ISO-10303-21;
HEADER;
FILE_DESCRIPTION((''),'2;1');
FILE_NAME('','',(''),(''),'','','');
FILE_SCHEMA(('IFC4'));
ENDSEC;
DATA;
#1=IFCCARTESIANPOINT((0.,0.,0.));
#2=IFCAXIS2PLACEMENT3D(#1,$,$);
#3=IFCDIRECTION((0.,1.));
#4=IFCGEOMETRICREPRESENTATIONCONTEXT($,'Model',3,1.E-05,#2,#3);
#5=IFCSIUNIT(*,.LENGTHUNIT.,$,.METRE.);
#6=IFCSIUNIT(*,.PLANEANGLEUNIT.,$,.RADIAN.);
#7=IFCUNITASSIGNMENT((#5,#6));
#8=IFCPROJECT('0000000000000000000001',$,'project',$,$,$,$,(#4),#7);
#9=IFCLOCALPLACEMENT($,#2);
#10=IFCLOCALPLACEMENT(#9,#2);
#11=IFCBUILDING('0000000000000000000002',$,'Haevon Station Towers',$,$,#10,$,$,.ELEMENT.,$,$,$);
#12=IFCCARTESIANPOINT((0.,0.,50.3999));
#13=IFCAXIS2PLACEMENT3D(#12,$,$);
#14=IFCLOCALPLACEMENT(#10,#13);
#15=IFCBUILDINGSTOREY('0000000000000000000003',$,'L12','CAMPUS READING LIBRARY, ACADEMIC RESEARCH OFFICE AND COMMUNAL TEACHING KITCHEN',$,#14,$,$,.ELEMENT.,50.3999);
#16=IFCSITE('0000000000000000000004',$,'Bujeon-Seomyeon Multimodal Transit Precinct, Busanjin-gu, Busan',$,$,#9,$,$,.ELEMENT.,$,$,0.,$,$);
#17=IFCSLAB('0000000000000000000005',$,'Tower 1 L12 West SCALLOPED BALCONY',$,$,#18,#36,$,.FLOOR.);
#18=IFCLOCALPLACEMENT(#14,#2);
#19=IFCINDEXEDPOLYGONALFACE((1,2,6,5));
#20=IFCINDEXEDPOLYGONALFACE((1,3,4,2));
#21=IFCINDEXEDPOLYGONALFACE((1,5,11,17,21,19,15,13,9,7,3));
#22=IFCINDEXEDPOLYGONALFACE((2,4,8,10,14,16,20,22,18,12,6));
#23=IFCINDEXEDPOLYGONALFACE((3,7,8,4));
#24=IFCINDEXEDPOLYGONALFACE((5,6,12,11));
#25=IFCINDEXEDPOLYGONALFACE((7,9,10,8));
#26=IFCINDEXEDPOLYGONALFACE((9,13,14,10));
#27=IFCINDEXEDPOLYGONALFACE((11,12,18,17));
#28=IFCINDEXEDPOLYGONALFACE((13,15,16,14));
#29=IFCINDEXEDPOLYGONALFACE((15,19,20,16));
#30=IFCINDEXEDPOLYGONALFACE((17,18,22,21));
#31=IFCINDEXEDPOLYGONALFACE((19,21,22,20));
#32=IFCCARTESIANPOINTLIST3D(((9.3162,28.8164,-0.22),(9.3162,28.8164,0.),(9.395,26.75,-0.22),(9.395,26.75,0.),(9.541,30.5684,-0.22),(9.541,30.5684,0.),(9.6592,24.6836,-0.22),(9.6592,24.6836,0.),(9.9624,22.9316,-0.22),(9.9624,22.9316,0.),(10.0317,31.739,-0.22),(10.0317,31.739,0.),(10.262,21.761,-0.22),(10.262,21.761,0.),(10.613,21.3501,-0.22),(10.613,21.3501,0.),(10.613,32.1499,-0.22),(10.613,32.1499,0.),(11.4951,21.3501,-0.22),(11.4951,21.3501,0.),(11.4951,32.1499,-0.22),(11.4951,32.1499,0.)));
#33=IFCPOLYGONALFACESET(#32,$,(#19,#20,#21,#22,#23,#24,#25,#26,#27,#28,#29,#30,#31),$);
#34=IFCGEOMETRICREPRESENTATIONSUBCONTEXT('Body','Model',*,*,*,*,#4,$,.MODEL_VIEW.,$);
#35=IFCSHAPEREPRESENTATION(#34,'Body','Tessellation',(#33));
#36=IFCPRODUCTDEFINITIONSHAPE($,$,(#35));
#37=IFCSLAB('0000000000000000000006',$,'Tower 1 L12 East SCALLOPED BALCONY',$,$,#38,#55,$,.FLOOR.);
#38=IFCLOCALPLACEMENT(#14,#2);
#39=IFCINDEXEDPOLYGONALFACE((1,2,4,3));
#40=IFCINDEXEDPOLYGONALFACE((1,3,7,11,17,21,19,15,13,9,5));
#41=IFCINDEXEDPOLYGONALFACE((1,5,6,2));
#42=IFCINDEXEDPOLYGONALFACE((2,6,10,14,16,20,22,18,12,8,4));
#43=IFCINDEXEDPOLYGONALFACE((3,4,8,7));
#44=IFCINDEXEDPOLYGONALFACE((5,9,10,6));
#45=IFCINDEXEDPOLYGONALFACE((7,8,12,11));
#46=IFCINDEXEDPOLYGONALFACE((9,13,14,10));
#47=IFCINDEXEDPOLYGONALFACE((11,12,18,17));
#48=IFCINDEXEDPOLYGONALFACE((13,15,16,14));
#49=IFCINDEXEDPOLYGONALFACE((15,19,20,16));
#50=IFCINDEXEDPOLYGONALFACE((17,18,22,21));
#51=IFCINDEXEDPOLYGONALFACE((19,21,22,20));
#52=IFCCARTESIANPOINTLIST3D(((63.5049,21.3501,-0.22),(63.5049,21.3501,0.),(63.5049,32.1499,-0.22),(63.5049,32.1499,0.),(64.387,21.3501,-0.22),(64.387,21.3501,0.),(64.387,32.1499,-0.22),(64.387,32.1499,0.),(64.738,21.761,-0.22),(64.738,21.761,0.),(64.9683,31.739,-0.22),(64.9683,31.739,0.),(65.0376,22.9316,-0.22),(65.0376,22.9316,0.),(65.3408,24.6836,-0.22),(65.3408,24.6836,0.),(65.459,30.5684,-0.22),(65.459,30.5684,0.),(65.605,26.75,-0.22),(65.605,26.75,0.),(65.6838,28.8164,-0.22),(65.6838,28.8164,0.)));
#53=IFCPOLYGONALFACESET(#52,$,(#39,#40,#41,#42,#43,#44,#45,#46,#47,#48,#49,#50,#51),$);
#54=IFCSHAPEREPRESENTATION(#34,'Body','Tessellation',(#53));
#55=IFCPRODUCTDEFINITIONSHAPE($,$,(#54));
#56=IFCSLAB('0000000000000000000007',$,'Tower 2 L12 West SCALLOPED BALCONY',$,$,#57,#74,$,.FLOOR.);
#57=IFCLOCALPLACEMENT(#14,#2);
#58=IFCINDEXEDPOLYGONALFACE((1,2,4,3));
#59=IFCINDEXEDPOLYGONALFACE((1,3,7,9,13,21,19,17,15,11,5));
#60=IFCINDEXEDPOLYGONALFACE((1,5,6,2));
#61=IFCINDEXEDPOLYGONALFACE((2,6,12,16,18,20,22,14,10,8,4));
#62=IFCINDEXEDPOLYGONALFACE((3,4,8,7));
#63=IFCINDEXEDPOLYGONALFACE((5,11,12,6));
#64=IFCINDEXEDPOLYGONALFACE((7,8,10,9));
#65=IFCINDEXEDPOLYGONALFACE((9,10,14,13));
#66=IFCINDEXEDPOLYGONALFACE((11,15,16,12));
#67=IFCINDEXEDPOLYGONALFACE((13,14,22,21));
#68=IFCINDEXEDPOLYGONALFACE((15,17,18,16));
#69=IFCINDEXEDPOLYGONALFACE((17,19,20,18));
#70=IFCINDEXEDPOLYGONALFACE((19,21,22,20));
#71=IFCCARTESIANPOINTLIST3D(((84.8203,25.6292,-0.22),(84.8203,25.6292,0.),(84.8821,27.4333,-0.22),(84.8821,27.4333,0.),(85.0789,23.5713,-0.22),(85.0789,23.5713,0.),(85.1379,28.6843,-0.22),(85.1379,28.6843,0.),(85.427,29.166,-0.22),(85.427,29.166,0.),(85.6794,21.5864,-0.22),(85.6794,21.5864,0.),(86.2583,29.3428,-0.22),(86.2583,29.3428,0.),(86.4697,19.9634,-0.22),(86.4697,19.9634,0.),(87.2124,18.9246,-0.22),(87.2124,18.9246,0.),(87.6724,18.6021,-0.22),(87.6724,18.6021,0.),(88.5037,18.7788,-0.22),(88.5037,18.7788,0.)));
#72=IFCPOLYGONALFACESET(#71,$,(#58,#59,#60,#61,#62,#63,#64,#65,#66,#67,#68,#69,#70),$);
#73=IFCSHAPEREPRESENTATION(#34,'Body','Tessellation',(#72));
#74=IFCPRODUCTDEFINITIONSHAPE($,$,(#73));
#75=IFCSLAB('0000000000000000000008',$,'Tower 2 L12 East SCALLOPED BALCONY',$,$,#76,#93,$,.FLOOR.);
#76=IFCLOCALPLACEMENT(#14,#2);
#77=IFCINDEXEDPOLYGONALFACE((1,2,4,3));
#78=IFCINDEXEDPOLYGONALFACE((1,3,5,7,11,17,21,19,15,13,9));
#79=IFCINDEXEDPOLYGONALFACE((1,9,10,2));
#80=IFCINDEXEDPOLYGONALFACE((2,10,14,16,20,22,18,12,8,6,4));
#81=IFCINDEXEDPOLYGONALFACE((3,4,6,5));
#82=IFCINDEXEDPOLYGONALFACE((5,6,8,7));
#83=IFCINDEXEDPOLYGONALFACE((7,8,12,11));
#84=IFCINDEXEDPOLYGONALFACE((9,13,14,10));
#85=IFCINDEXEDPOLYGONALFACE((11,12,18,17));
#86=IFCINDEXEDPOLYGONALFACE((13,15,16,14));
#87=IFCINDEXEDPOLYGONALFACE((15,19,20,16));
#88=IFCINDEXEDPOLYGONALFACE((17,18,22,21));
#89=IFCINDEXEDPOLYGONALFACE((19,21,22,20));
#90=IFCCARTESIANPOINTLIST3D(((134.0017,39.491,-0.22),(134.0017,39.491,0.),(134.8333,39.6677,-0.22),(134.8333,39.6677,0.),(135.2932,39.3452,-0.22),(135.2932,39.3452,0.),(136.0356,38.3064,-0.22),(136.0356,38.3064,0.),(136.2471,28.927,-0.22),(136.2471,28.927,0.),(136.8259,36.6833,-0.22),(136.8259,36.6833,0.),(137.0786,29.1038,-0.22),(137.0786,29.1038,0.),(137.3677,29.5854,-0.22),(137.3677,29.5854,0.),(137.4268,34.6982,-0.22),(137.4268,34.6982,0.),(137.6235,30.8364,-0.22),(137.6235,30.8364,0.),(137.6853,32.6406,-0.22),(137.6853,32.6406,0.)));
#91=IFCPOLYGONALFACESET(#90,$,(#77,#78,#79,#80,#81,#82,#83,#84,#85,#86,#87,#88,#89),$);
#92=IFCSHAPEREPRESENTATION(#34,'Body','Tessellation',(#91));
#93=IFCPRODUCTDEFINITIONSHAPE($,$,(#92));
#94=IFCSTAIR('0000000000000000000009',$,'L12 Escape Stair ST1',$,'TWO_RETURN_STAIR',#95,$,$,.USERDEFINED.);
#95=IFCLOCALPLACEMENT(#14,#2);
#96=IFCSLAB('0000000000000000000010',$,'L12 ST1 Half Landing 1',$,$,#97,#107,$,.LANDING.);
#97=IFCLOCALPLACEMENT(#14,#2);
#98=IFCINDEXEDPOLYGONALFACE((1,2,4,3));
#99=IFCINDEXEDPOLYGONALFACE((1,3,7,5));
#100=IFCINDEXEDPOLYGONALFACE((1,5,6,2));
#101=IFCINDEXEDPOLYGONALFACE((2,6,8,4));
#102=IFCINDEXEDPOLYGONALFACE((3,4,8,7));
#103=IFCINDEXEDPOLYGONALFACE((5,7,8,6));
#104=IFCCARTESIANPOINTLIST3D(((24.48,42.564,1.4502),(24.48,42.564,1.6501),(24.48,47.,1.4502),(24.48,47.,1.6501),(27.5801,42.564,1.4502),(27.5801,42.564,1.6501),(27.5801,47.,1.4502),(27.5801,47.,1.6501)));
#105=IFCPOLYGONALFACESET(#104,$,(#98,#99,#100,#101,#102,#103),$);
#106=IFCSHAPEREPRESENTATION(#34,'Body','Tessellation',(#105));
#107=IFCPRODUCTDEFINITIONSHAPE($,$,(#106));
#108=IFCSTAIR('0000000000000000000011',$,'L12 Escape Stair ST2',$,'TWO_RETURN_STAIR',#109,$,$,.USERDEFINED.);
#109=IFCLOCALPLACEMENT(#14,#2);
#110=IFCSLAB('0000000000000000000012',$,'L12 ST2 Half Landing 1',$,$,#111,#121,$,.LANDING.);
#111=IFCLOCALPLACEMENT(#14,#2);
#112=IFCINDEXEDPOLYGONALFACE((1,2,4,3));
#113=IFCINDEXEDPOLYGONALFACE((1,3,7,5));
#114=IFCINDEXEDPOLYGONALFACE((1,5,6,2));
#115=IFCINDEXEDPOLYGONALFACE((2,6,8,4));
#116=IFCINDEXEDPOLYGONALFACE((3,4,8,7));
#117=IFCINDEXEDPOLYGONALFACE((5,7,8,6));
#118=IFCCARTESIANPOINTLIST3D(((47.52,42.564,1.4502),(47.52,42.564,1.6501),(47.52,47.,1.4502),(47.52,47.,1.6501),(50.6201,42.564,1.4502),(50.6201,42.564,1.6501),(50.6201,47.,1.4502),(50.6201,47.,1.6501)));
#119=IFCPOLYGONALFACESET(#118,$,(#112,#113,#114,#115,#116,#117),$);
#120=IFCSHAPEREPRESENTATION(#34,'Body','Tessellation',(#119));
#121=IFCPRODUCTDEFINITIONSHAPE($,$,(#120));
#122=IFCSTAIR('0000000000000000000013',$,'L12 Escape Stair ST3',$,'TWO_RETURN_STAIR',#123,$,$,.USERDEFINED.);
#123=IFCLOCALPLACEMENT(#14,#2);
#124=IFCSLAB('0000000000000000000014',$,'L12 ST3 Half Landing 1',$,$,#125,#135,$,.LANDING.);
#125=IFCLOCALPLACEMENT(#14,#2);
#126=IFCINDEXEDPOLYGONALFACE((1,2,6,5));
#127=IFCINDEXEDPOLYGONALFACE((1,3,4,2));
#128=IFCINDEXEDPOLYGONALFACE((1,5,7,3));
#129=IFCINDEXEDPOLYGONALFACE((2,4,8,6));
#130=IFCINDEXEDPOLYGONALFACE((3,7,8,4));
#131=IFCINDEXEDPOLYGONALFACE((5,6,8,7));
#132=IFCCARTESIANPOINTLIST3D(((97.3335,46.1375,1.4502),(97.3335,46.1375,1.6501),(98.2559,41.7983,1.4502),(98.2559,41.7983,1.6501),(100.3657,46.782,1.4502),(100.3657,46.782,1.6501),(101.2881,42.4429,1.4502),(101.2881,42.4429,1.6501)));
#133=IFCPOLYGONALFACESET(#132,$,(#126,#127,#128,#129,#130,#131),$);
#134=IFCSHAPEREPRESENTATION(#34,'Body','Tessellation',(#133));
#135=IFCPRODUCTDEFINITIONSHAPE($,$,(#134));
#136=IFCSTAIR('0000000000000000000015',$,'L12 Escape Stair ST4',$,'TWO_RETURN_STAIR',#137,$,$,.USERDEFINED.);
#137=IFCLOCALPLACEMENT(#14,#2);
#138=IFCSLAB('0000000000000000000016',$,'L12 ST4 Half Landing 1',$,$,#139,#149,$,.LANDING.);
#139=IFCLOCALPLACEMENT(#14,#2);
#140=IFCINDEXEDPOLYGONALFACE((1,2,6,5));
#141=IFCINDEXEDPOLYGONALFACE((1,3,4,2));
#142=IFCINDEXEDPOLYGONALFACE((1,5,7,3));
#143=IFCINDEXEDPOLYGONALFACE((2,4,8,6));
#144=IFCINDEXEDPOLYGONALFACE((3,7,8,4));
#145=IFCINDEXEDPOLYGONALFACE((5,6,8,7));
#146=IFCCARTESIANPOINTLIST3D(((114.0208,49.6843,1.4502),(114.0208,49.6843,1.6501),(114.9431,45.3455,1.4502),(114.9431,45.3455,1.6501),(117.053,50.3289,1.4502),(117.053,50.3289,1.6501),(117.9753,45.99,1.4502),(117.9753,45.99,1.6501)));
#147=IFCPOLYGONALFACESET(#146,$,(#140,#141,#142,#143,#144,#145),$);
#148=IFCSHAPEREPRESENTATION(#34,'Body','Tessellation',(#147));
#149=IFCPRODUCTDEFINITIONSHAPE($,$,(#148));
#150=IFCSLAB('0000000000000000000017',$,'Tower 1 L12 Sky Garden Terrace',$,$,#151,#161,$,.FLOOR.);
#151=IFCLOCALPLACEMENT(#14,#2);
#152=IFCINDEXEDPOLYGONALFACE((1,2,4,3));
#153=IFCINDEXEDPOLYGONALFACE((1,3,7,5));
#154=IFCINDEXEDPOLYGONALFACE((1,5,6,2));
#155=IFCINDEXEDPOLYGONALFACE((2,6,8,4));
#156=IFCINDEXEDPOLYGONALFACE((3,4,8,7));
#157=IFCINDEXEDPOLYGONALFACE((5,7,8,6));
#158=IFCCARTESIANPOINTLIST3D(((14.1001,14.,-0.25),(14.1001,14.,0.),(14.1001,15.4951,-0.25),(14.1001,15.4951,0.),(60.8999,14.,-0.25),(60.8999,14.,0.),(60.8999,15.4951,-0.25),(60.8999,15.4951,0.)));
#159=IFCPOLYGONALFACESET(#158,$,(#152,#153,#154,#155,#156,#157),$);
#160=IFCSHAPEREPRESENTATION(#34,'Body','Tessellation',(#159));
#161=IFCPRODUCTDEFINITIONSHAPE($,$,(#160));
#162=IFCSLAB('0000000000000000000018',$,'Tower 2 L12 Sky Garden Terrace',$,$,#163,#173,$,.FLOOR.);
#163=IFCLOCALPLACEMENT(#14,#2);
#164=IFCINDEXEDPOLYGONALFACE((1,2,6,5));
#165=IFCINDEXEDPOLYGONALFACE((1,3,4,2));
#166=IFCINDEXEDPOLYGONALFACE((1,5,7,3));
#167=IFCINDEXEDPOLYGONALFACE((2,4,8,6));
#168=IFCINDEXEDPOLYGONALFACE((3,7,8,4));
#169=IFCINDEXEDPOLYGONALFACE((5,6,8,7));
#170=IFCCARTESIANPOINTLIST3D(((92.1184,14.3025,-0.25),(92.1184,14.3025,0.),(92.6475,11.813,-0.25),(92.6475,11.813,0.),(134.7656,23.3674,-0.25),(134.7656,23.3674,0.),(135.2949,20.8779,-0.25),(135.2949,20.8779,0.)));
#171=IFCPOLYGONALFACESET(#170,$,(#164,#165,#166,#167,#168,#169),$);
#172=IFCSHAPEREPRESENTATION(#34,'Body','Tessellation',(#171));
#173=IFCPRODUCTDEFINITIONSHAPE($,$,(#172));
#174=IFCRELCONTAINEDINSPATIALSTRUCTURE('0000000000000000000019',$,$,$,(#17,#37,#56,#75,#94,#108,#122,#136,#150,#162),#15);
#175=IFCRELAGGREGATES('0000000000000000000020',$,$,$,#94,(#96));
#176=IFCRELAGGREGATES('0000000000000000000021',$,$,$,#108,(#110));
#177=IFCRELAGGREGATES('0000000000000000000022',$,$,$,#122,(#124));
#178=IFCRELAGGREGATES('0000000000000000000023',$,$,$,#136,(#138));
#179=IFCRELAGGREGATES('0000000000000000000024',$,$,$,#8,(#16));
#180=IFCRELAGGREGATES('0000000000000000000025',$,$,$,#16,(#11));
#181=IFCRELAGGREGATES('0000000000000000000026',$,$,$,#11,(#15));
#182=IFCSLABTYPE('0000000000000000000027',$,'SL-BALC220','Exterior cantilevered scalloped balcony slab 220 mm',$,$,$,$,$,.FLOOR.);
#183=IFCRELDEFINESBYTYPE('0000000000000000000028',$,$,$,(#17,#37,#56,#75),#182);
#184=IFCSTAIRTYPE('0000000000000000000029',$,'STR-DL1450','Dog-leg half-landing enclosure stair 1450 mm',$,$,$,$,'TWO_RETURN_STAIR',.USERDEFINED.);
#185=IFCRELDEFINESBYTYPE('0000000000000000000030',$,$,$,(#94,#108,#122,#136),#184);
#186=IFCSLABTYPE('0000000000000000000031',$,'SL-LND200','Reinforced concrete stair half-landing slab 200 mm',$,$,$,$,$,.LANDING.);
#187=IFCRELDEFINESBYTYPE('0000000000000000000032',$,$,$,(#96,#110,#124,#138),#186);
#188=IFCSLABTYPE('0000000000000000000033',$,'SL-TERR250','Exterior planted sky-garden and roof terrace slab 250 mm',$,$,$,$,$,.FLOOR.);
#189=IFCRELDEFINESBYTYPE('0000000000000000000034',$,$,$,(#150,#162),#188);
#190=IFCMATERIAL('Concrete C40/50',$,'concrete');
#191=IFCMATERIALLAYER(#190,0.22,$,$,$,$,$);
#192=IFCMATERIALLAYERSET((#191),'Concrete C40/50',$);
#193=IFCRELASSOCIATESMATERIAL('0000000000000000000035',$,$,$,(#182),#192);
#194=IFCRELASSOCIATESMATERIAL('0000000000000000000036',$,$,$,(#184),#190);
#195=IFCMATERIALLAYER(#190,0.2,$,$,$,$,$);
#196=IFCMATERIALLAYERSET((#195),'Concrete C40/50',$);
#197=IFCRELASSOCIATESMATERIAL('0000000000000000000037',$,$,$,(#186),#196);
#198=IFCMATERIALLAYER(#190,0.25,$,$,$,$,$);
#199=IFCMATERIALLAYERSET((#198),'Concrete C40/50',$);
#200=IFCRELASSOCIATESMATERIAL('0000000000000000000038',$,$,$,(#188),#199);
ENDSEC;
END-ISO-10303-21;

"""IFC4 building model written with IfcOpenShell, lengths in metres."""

from ifc_helpers import new_model, si_unit, direction, frame, origin, place, context, subcontext, project, spatial, polyline, outline, extrude, material, layer, layer_set, type_object, element, aggregate, save


model = new_model("IFC4")

# Units and contexts
model_context = context("Model", 3, precision=1e-05, world=origin(), true_north=direction((0.0, 1.0)))
body_context = subcontext(model_context, "Body", "Model", "MODEL_VIEW")
ifc_project = project(units=[si_unit("LENGTHUNIT", "METRE"), si_unit("PLANEANGLEUNIT", "RADIAN")], contexts=[model_context])

# Site, building, storey
site_placement = place(None, origin())
site = spatial("IfcSite", under=ifc_project, at=site_placement, Name="Bujeon-Seomyeon Multimodal Transit Precinct, Busanjin-gu, Busan", CompositionType="ELEMENT", RefElevation=0.0)
building_placement = place(site_placement, origin())
building = spatial("IfcBuilding", under=site, at=building_placement, Name="Haevon Station Towers", CompositionType="ELEMENT")
storey_placement = place(building_placement, frame((0.0, 0.0, 50.3999)))
storey = spatial("IfcBuildingStorey", under=building, at=storey_placement, Name="L12", Description="CAMPUS READING LIBRARY, ACADEMIC RESEARCH OFFICE AND COMMUNAL TEACHING KITCHEN", CompositionType="ELEMENT", Elevation=50.3999)

# Slabs
ifc_material_1 = material(Name="Concrete C40/50", Category="concrete")
ifc_layer_1 = layer(ifc_material_1, 0.22)
ifc_layer_set_1 = layer_set([ifc_layer_1], Name="Concrete C40/50")
slab_type_1 = type_object("IfcSlabType", Name="SL-BALC220", Description="Exterior cantilevered scalloped balcony slab 220 mm", PredefinedType="FLOOR", material=ifc_layer_set_1)
slab_1_placement = place(storey_placement, frame((0.0, 0.0, -0.22)))
element("IfcSlab", 1, at=slab_1_placement, inside=storey, type_object=slab_type_1, Name="Tower 1 L12 West SCALLOPED BALCONY", PredefinedType="FLOOR", context=body_context, shape_type="SweptSolid", body=[
    extrude(outline(polyline([(11.4951, 32.1499), (10.613, 32.1499), (10.0317, 31.739), (9.541, 30.5684), (9.3162, 28.8164), (9.395, 26.75), (9.6592, 24.6836), (9.9624, 22.9316), (10.262, 21.761), (10.613, 21.3501), (11.4951, 21.3501), (11.4951, 32.1499)])), origin(), (0.0, 0.0, 1.0), 0.22),
])
slab_2_placement = place(storey_placement, frame((0.0, 0.0, -0.22)))
element("IfcSlab", 2, at=slab_2_placement, inside=storey, type_object=slab_type_1, Name="Tower 1 L12 East SCALLOPED BALCONY", PredefinedType="FLOOR", context=body_context, shape_type="SweptSolid", body=[
    extrude(outline(polyline([(63.5049, 21.3501), (64.387, 21.3501), (64.738, 21.761), (65.0376, 22.9316), (65.3408, 24.6836), (65.605, 26.75), (65.6838, 28.8164), (65.459, 30.5684), (64.9683, 31.739), (64.387, 32.1499), (63.5049, 32.1499), (63.5049, 21.3501)])), origin(), (0.0, 0.0, 1.0), 0.22),
])
slab_3_placement = place(storey_placement, frame((0.0, 0.0, -0.22)))
element("IfcSlab", 3, at=slab_3_placement, inside=storey, type_object=slab_type_1, Name="Tower 2 L12 West SCALLOPED BALCONY", PredefinedType="FLOOR", context=body_context, shape_type="SweptSolid", body=[
    extrude(outline(polyline([(86.2583, 29.3428), (85.427, 29.166), (85.1379, 28.6843), (84.8821, 27.4333), (84.8203, 25.6292), (85.0789, 23.5713), (85.6794, 21.5864), (86.4697, 19.9634), (87.2124, 18.9246), (87.6724, 18.6021), (88.5037, 18.7788), (86.2583, 29.3428)])), origin(), (0.0, 0.0, 1.0), 0.22),
])
slab_4_placement = place(storey_placement, frame((0.0, 0.0, -0.22)))
element("IfcSlab", 4, at=slab_4_placement, inside=storey, type_object=slab_type_1, Name="Tower 2 L12 East SCALLOPED BALCONY", PredefinedType="FLOOR", context=body_context, shape_type="SweptSolid", body=[
    extrude(outline(polyline([(136.2471, 28.927), (137.0786, 29.1038), (137.3677, 29.5854), (137.6235, 30.8364), (137.6853, 32.6406), (137.4268, 34.6982), (136.8259, 36.6833), (136.0356, 38.3064), (135.2932, 39.3452), (134.8333, 39.6677), (134.0017, 39.491), (136.2471, 28.927)])), origin(), (0.0, 0.0, 1.0), 0.22),
])

# Stairs, slabs
stair_type = type_object("IfcStairType", Name="STR-DL1450", Description="Dog-leg half-landing enclosure stair 1450 mm", ElementType="TWO_RETURN_STAIR", PredefinedType="USERDEFINED", material=ifc_material_1)
stair_1_placement = place(storey_placement, origin())
stair_1 = element("IfcStair", 5, at=stair_1_placement, inside=storey, type_object=stair_type, Name="L12 Escape Stair ST1", ObjectType="TWO_RETURN_STAIR", PredefinedType="USERDEFINED")
ifc_layer_2 = layer(ifc_material_1, 0.2)
ifc_layer_set_2 = layer_set([ifc_layer_2], Name="Concrete C40/50")
slab_type_2 = type_object("IfcSlabType", Name="SL-LND200", Description="Reinforced concrete stair half-landing slab 200 mm", PredefinedType="LANDING", material=ifc_layer_set_2)
slab_5_placement = place(storey_placement, frame((0.0, 0.0, 1.4502)))
slab_5 = element("IfcSlab", 6, at=slab_5_placement, type_object=slab_type_2, Name="L12 ST1 Half Landing 1", PredefinedType="LANDING", context=body_context, shape_type="SweptSolid", body=[
    extrude(outline(polyline([(27.5801, 42.564), (27.5801, 47.0), (24.48, 47.0), (24.48, 42.564), (27.5801, 42.564)])), origin(), (0.0, 0.0, 1.0), 0.2),
])
aggregate(stair_1, [slab_5])
stair_2_placement = place(storey_placement, origin())
stair_2 = element("IfcStair", 7, at=stair_2_placement, inside=storey, type_object=stair_type, Name="L12 Escape Stair ST2", ObjectType="TWO_RETURN_STAIR", PredefinedType="USERDEFINED")
slab_6_placement = place(storey_placement, frame((0.0, 0.0, 1.4502)))
slab_6 = element("IfcSlab", 8, at=slab_6_placement, type_object=slab_type_2, Name="L12 ST2 Half Landing 1", PredefinedType="LANDING", context=body_context, shape_type="SweptSolid", body=[
    extrude(outline(polyline([(50.6201, 42.564), (50.6201, 47.0), (47.52, 47.0), (47.52, 42.564), (50.6201, 42.564)])), origin(), (0.0, 0.0, 1.0), 0.2),
])
aggregate(stair_2, [slab_6])
stair_3_placement = place(storey_placement, origin())
stair_3 = element("IfcStair", 9, at=stair_3_placement, inside=storey, type_object=stair_type, Name="L12 Escape Stair ST3", ObjectType="TWO_RETURN_STAIR", PredefinedType="USERDEFINED")
slab_7_placement = place(storey_placement, frame((0.0, 0.0, 1.4502)))
slab_7 = element("IfcSlab", 10, at=slab_7_placement, type_object=slab_type_2, Name="L12 ST3 Half Landing 1", PredefinedType="LANDING", context=body_context, shape_type="SweptSolid", body=[
    extrude(outline(polyline([(101.2881, 42.4429), (100.3657, 46.782), (97.3335, 46.1375), (98.2559, 41.7983), (101.2881, 42.4429)])), origin(), (0.0, 0.0, 1.0), 0.2),
])
aggregate(stair_3, [slab_7])
stair_4_placement = place(storey_placement, origin())
stair_4 = element("IfcStair", 11, at=stair_4_placement, inside=storey, type_object=stair_type, Name="L12 Escape Stair ST4", ObjectType="TWO_RETURN_STAIR", PredefinedType="USERDEFINED")
slab_8_placement = place(storey_placement, frame((0.0, 0.0, 1.4502)))
slab_8 = element("IfcSlab", 12, at=slab_8_placement, type_object=slab_type_2, Name="L12 ST4 Half Landing 1", PredefinedType="LANDING", context=body_context, shape_type="SweptSolid", body=[
    extrude(outline(polyline([(117.9753, 45.99), (117.053, 50.3289), (114.0208, 49.6843), (114.9431, 45.3455), (117.9753, 45.99)])), origin(), (0.0, 0.0, 1.0), 0.2),
])
aggregate(stair_4, [slab_8])

# Slabs
ifc_layer_3 = layer(ifc_material_1, 0.25)
ifc_layer_set_3 = layer_set([ifc_layer_3], Name="Concrete C40/50")
slab_type_3 = type_object("IfcSlabType", Name="SL-TERR250", Description="Exterior planted sky-garden and roof terrace slab 250 mm", PredefinedType="FLOOR", material=ifc_layer_set_3)
slab_9_placement = place(storey_placement, frame((0.0, 0.0, -0.25)))
element("IfcSlab", 13, at=slab_9_placement, inside=storey, type_object=slab_type_3, Name="Tower 1 L12 Sky Garden Terrace", PredefinedType="FLOOR", context=body_context, shape_type="SweptSolid", body=[
    extrude(outline(polyline([(14.1001, 14.0), (60.8999, 14.0), (60.8999, 15.4951), (14.1001, 15.4951), (14.1001, 14.0)])), origin(), (0.0, 0.0, 1.0), 0.25),
])
slab_10_placement = place(storey_placement, frame((0.0, 0.0, -0.25)))
element("IfcSlab", 14, at=slab_10_placement, inside=storey, type_object=slab_type_3, Name="Tower 2 L12 Sky Garden Terrace", PredefinedType="FLOOR", context=body_context, shape_type="SweptSolid", body=[
    extrude(outline(polyline([(92.6475, 11.813), (135.2949, 20.8779), (134.7656, 23.3674), (92.1184, 14.3025), (92.6475, 11.813)])), origin(), (0.0, 0.0, 1.0), 0.25),
])

save(model, "model.ifc")
